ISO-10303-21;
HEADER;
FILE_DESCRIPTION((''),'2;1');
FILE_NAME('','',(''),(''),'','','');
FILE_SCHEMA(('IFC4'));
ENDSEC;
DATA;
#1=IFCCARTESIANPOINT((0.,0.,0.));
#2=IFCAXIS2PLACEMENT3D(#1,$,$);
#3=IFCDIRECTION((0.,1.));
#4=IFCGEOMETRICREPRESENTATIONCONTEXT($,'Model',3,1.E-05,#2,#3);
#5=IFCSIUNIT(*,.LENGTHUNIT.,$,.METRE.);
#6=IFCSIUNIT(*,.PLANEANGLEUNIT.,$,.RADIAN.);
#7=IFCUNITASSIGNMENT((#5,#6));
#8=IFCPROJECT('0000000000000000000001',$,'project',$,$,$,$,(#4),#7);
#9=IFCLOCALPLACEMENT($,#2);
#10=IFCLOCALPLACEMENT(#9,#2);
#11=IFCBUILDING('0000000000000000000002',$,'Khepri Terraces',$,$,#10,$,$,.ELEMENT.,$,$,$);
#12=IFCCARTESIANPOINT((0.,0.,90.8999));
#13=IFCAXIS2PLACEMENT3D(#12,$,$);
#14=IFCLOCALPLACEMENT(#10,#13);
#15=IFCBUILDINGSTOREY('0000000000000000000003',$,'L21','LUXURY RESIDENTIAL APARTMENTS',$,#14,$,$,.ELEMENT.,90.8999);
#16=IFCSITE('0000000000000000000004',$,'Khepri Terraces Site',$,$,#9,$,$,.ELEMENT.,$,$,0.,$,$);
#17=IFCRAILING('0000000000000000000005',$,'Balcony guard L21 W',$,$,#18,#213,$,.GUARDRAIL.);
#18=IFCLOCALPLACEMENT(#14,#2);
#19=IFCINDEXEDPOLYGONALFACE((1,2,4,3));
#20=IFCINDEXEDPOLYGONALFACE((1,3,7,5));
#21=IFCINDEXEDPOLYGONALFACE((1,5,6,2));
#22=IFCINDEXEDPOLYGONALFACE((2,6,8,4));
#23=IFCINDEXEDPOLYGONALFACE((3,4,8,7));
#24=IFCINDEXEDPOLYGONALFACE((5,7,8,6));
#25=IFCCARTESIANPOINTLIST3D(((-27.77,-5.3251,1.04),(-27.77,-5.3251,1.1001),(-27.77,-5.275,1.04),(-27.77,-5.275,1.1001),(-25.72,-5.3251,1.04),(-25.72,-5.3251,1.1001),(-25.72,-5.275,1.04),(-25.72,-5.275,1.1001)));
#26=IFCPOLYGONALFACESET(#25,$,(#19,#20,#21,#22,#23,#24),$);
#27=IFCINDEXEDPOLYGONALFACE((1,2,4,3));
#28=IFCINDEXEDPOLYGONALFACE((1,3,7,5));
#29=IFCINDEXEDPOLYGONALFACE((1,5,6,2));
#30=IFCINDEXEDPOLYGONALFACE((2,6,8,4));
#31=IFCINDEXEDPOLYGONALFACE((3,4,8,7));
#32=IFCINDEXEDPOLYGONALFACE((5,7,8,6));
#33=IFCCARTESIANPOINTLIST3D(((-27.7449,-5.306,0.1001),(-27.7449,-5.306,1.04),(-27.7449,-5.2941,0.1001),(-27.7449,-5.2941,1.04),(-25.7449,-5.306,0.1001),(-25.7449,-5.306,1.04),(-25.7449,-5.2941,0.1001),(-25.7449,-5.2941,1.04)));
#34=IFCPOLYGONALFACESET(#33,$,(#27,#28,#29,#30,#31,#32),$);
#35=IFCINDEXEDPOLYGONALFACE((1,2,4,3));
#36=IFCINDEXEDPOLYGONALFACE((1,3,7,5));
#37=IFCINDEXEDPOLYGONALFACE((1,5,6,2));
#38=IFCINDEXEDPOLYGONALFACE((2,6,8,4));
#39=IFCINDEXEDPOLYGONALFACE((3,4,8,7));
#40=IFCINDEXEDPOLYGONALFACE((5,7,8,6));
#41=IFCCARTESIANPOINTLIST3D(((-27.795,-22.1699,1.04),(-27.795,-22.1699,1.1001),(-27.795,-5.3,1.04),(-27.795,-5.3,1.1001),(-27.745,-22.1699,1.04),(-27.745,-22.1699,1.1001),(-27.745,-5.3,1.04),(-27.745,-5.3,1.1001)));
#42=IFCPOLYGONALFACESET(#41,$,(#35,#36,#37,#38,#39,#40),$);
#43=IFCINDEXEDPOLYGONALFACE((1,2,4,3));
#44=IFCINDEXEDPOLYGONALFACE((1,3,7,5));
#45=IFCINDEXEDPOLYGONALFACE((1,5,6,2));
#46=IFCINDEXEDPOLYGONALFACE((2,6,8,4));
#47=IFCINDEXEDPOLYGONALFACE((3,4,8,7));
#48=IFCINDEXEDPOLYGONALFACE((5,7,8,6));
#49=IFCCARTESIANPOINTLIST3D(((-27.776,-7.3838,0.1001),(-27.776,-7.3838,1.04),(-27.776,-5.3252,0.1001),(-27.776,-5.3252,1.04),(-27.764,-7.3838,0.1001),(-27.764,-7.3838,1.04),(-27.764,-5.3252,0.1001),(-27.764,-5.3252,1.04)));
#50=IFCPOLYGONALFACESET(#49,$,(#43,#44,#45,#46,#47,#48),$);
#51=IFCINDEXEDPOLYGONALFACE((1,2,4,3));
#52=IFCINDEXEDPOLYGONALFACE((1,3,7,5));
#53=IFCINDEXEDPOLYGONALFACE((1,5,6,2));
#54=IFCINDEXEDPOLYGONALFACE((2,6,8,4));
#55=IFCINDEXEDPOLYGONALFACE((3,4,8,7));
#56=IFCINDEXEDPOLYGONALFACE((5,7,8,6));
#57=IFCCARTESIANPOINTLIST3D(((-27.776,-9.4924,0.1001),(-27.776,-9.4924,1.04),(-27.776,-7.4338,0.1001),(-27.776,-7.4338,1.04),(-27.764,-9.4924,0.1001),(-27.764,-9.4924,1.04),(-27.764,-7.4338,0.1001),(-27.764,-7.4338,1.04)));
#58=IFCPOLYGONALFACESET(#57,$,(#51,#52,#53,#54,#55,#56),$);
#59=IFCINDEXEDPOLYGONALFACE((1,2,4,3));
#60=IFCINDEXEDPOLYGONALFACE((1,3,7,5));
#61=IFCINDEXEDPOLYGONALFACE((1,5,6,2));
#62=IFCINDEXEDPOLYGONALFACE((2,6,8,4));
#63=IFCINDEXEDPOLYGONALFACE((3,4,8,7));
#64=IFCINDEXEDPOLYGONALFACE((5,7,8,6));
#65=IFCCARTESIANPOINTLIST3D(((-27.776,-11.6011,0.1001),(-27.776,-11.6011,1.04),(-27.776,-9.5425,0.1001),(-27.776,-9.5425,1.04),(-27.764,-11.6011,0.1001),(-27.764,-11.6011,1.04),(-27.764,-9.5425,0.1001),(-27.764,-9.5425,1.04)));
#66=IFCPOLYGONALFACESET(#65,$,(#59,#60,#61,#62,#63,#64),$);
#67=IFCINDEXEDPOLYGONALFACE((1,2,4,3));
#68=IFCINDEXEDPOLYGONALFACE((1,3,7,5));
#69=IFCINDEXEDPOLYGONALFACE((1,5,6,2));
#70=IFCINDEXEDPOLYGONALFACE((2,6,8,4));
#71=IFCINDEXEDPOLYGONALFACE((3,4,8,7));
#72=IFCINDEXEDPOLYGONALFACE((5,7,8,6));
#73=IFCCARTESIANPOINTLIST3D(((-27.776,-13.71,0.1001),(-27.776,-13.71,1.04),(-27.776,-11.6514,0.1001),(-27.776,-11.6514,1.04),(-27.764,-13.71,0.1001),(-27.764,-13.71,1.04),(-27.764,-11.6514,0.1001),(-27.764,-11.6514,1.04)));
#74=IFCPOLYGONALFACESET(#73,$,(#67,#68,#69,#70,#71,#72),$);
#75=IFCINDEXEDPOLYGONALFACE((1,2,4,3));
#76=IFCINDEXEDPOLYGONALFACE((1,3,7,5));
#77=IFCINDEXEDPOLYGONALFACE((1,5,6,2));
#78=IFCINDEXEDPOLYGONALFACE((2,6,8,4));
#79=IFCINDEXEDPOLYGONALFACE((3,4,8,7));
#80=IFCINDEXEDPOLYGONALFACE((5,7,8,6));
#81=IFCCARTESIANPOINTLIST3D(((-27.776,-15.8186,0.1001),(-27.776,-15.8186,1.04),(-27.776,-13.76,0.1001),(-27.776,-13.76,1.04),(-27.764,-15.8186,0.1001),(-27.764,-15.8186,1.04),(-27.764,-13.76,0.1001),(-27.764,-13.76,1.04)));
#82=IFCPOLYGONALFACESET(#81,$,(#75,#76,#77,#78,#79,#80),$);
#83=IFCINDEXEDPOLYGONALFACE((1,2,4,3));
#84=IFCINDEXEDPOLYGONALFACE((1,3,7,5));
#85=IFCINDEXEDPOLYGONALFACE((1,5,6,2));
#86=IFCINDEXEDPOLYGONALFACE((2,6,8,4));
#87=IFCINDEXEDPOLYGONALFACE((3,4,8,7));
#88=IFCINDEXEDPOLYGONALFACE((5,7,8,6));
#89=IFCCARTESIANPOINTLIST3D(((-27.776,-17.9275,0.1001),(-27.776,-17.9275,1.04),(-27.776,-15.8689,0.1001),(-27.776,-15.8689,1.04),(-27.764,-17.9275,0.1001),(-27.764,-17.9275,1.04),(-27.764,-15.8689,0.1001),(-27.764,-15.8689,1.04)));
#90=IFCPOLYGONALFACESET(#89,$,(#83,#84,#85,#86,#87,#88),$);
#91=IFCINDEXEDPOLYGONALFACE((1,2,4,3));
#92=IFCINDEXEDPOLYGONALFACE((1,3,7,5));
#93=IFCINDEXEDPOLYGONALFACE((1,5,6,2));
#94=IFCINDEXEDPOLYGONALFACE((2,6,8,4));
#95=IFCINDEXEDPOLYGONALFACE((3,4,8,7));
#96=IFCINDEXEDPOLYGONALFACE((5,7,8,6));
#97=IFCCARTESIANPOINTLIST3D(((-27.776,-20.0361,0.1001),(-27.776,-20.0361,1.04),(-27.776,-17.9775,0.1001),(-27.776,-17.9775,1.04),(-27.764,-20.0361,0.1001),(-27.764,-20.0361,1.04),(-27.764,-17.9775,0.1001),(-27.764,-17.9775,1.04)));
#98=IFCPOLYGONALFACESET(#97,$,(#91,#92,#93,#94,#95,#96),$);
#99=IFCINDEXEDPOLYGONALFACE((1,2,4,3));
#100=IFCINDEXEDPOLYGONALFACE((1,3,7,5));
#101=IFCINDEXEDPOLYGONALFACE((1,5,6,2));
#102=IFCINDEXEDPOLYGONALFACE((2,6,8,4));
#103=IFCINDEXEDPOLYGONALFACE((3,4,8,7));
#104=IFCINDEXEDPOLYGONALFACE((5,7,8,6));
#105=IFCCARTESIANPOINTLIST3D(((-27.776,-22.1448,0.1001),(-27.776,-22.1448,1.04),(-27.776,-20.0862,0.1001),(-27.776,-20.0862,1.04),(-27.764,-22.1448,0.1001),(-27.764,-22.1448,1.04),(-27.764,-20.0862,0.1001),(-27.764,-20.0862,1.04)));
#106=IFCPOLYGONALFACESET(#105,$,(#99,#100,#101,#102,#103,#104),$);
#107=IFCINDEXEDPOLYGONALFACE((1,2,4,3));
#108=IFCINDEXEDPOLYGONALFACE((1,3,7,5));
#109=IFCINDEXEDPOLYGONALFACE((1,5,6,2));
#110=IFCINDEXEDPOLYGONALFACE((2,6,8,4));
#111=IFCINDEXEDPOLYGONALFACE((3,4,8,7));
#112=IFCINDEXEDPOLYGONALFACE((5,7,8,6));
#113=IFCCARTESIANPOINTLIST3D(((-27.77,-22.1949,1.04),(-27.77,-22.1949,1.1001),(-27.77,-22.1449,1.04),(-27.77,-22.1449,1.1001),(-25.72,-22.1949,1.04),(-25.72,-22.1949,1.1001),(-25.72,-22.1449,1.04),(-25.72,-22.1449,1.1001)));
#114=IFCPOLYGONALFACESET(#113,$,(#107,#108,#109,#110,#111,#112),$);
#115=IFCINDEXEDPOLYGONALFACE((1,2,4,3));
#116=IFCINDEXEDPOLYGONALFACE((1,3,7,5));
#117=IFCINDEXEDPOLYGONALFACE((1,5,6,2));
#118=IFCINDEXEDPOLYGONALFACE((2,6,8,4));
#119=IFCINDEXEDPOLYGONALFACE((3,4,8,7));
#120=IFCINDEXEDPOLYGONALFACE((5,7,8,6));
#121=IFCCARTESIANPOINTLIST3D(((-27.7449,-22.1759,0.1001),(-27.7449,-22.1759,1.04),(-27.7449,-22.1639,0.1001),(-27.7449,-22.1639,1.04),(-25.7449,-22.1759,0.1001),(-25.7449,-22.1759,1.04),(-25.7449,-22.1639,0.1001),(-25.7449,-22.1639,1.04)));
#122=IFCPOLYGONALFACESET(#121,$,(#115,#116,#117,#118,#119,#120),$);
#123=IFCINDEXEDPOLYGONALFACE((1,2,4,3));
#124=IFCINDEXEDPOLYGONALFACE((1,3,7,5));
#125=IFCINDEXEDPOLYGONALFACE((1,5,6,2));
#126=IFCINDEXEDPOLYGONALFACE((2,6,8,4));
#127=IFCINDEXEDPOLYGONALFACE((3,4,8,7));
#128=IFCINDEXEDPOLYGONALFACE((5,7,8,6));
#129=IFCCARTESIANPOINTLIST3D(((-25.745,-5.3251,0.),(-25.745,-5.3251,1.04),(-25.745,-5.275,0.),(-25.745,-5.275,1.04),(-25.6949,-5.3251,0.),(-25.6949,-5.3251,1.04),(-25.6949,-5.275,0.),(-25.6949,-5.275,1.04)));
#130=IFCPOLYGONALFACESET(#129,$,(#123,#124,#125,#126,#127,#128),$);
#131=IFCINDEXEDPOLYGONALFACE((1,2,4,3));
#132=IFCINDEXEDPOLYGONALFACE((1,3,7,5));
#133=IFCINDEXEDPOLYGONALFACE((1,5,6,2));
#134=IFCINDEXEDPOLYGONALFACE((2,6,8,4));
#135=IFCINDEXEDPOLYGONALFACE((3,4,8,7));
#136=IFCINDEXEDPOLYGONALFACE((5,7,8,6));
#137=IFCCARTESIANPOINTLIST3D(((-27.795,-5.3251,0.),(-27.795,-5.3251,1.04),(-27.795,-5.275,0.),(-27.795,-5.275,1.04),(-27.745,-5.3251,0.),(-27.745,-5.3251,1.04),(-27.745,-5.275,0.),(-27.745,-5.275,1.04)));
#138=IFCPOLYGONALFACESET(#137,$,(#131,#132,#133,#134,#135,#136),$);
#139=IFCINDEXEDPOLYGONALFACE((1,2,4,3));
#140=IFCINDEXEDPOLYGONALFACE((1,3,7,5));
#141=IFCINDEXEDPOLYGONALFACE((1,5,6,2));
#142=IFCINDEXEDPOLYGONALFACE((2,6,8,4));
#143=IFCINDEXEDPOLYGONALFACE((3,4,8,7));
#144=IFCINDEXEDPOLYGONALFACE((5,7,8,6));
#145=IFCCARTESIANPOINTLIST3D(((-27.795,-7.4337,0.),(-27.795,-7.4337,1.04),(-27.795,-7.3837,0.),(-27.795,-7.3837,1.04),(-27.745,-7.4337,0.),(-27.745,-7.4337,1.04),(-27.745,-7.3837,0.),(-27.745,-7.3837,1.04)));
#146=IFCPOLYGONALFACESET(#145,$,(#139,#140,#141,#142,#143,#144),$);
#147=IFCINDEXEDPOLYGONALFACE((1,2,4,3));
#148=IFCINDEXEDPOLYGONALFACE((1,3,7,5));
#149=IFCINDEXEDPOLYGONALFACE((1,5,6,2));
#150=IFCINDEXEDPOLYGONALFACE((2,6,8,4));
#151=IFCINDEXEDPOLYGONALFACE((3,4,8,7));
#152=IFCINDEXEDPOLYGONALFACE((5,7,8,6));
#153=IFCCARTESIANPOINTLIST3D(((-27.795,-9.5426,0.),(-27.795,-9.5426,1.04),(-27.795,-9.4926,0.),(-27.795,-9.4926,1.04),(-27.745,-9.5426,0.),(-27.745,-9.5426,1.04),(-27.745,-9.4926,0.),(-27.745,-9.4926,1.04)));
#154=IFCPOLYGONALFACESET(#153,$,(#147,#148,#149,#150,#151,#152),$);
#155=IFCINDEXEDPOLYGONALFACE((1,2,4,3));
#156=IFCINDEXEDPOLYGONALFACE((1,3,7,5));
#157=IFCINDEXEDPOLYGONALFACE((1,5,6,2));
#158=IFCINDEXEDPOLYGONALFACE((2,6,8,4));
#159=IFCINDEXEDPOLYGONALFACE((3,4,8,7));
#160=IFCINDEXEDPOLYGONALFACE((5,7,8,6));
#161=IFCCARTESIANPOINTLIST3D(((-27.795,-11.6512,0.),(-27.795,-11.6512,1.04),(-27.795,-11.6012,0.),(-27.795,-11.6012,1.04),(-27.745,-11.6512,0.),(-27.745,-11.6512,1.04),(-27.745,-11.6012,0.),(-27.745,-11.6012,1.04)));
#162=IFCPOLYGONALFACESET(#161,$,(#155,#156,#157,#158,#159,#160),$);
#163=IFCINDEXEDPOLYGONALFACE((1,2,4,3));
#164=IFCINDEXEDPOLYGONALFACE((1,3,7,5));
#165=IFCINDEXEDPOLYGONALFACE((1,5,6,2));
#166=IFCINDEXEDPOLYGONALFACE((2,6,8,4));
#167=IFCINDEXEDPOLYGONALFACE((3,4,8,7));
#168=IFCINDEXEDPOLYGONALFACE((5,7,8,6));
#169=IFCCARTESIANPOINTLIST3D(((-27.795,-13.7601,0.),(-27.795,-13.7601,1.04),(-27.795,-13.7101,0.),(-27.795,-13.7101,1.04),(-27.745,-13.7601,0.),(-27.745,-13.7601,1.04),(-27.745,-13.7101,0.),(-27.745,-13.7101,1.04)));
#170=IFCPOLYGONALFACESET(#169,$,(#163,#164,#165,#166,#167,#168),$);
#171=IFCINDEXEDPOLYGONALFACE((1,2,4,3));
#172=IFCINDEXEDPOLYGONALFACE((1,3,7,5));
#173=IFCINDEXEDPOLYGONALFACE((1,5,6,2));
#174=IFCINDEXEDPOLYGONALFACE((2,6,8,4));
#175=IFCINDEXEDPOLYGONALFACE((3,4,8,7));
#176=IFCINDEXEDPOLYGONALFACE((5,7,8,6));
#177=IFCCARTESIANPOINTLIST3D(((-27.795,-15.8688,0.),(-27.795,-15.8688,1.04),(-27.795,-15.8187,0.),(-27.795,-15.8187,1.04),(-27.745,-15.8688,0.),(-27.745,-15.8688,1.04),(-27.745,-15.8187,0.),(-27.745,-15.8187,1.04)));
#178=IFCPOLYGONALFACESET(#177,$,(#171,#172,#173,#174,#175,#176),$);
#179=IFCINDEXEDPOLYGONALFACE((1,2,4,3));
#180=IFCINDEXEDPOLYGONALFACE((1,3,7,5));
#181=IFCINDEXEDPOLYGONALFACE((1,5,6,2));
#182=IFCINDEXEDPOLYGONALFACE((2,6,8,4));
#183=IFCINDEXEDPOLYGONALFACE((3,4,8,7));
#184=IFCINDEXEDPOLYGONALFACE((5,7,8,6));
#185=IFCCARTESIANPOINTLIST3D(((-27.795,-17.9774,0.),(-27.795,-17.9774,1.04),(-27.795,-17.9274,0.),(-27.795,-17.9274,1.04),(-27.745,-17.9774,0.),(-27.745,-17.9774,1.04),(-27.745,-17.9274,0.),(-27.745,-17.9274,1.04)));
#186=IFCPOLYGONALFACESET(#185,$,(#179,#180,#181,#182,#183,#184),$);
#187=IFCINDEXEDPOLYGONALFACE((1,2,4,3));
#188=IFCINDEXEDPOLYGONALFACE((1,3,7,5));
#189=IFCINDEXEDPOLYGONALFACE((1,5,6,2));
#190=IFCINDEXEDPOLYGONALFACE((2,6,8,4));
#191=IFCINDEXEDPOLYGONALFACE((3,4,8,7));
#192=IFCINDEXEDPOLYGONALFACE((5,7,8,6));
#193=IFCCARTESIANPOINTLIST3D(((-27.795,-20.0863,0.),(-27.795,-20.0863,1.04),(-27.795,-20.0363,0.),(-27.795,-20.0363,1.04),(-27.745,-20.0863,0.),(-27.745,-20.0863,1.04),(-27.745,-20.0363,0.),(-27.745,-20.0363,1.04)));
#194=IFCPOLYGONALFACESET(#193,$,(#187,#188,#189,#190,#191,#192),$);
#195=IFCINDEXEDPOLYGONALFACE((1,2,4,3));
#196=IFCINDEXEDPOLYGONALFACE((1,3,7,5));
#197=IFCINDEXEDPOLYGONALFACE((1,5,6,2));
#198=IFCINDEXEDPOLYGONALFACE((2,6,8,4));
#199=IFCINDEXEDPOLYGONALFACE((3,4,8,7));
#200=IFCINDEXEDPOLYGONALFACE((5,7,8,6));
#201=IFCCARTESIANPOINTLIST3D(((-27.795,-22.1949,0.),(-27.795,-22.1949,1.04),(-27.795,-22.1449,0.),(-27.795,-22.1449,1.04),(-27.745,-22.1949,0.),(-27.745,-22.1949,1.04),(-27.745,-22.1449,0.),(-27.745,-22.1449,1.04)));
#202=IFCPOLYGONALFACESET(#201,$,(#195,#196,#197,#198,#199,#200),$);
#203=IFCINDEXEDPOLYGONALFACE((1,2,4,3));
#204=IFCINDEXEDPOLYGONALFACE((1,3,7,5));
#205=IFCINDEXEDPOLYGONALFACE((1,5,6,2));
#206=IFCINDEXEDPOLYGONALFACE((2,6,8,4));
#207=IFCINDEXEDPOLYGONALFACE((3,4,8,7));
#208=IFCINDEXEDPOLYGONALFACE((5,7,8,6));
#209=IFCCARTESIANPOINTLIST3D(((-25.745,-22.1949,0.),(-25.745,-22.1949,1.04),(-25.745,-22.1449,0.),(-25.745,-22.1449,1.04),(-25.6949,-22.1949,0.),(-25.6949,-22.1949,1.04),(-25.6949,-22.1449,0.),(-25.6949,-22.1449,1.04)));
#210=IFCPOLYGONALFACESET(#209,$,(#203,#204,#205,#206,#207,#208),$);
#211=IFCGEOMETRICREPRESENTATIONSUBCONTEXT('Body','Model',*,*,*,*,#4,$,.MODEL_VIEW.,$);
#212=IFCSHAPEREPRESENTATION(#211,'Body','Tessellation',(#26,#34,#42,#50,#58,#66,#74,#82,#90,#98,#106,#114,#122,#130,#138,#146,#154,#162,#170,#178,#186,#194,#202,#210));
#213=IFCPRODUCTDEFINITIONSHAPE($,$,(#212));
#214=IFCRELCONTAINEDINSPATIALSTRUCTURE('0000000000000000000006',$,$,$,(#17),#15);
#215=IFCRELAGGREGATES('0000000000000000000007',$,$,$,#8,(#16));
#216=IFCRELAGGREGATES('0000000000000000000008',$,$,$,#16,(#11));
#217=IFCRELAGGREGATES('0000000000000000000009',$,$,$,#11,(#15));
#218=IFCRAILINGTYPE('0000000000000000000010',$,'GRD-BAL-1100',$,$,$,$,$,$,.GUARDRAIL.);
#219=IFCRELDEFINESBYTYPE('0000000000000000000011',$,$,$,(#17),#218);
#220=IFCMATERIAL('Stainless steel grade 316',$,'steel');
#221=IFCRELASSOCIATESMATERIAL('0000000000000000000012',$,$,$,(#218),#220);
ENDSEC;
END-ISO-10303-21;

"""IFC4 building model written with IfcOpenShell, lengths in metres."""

from ifc_helpers import new_model, si_unit, direction, frame, origin, origin_2d, place, context, subcontext, project, spatial, rectangle, extrude, material, type_object, element, save


model = new_model("IFC4")

# Units and contexts
model_context = context("Model", 3, precision=1e-05, world=origin(), true_north=direction((0.0, 1.0)))
body_context = subcontext(model_context, "Body", "Model", "MODEL_VIEW")
ifc_project = project(units=[si_unit("LENGTHUNIT", "METRE"), si_unit("PLANEANGLEUNIT", "RADIAN")], contexts=[model_context])

# Site, building, storey
site_placement = place(None, origin())
site = spatial("IfcSite", under=ifc_project, at=site_placement, Name="Khepri Terraces Site", CompositionType="ELEMENT", RefElevation=0.0)
building_placement = place(site_placement, origin())
building = spatial("IfcBuilding", under=site, at=building_placement, Name="Khepri Terraces", CompositionType="ELEMENT")
storey_placement = place(building_placement, frame((0.0, 0.0, 90.8999)))
storey = spatial("IfcBuildingStorey", under=building, at=storey_placement, Name="L21", Description="LUXURY RESIDENTIAL APARTMENTS", CompositionType="ELEMENT", Elevation=90.8999)

# Railing
ifc_material_1 = material(Name="Stainless steel grade 316", Category="steel")
railing_type = type_object("IfcRailingType", Name="GRD-BAL-1100", PredefinedType="GUARDRAIL", material=ifc_material_1)
railing_placement = place(storey_placement, frame((-25.72, -5.3, 0.0)))
element("IfcRailing", 1, at=railing_placement, inside=storey, type_object=railing_type, Name="Balcony guard L21 W", PredefinedType="GUARDRAIL", context=body_context, shape_type="SweptSolid", body=[
    extrude(rectangle(XDim=0.05, YDim=0.0601, at=origin_2d()), frame((0.0, 0.0, 1.0701), z_axis=(-1.0, 0.0, 0.0), x_axis=(0.0, -1.0, 0.0)), (0.0, 0.0, 1.0), 2.05),
    extrude(rectangle(XDim=2.0, YDim=0.012, at=origin_2d()), frame((-1.0249, 0.0, 0.1001), z_axis=(0.0, 0.0, 1.0), x_axis=(-1.0, 0.0, 0.0)), (0.0, 0.0, 1.0), 0.9399),
    extrude(rectangle(XDim=0.05, YDim=0.0601, at=origin_2d()), frame((-2.05, 0.0, 1.0701), z_axis=(0.0, -1.0, 0.0), x_axis=(1.0, 0.0, 0.0)), (0.0, 0.0, 1.0), 16.8699),
    extrude(rectangle(XDim=2.0586, YDim=0.012, at=origin_2d()), frame((-2.05, -1.0544, 0.1001), z_axis=(0.0, 0.0, 1.0), x_axis=(0.0, -1.0, 0.0)), (0.0, 0.0, 1.0), 0.9399),
    extrude(rectangle(XDim=2.0586, YDim=0.012, at=origin_2d()), frame((-2.05, -3.1631, 0.1001), z_axis=(0.0, 0.0, 1.0), x_axis=(0.0, -1.0, 0.0)), (0.0, 0.0, 1.0), 0.9399),
    extrude(rectangle(XDim=2.0586, YDim=0.012, at=origin_2d()), frame((-2.05, -5.2717, 0.1001), z_axis=(0.0, 0.0, 1.0), x_axis=(0.0, -1.0, 0.0)), (0.0, 0.0, 1.0), 0.9399),
    extrude(rectangle(XDim=2.0586, YDim=0.012, at=origin_2d()), frame((-2.05, -7.3806, 0.1001), z_axis=(0.0, 0.0, 1.0), x_axis=(0.0, -1.0, 0.0)), (0.0, 0.0, 1.0), 0.9399),
    extrude(rectangle(XDim=2.0586, YDim=0.012, at=origin_2d()), frame((-2.05, -9.4893, 0.1001), z_axis=(0.0, 0.0, 1.0), x_axis=(0.0, -1.0, 0.0)), (0.0, 0.0, 1.0), 0.9399),
    extrude(rectangle(XDim=2.0586, YDim=0.012, at=origin_2d()), frame((-2.05, -11.5981, 0.1001), z_axis=(0.0, 0.0, 1.0), x_axis=(0.0, -1.0, 0.0)), (0.0, 0.0, 1.0), 0.9399),
    extrude(rectangle(XDim=2.0586, YDim=0.012, at=origin_2d()), frame((-2.05, -13.7068, 0.1001), z_axis=(0.0, 0.0, 1.0), x_axis=(0.0, -1.0, 0.0)), (0.0, 0.0, 1.0), 0.9399),
    extrude(rectangle(XDim=2.0586, YDim=0.012, at=origin_2d()), frame((-2.05, -15.8154, 0.1001), z_axis=(0.0, 0.0, 1.0), x_axis=(0.0, -1.0, 0.0)), (0.0, 0.0, 1.0), 0.9399),
    extrude(rectangle(XDim=0.05, YDim=0.0601, at=origin_2d()), frame((-2.05, -16.8699, 1.0701), z_axis=(1.0, 0.0, 0.0), x_axis=(0.0, 1.0, 0.0)), (0.0, 0.0, 1.0), 2.05),
    extrude(rectangle(XDim=2.0, YDim=0.012, at=origin_2d()), frame((-1.0249, -16.8699, 0.1001), z_axis=(0.0, 0.0, 1.0), x_axis=(1.0, 0.0, 0.0)), (0.0, 0.0, 1.0), 0.9399),
    extrude(rectangle(XDim=0.05, YDim=0.05, at=origin_2d()), origin(), (0.0, 0.0, 1.0), 1.04),
    extrude(rectangle(XDim=0.05, YDim=0.05, at=origin_2d()), frame((-2.05, 0.0, 0.0)), (0.0, 0.0, 1.0), 1.04),
    extrude(rectangle(XDim=0.05, YDim=0.05, at=origin_2d()), frame((-2.05, -2.1086, 0.0)), (0.0, 0.0, 1.0), 1.04),
    extrude(rectangle(XDim=0.05, YDim=0.05, at=origin_2d()), frame((-2.05, -4.2175, 0.0)), (0.0, 0.0, 1.0), 1.04),
    extrude(rectangle(XDim=0.05, YDim=0.05, at=origin_2d()), frame((-2.05, -6.3262, 0.0)), (0.0, 0.0, 1.0), 1.04),
    extrude(rectangle(XDim=0.05, YDim=0.05, at=origin_2d()), frame((-2.05, -8.4351, 0.0)), (0.0, 0.0, 1.0), 1.04),
    extrude(rectangle(XDim=0.05, YDim=0.05, at=origin_2d()), frame((-2.05, -10.5437, 0.0)), (0.0, 0.0, 1.0), 1.04),
    extrude(rectangle(XDim=0.05, YDim=0.05, at=origin_2d()), frame((-2.05, -12.6523, 0.0)), (0.0, 0.0, 1.0), 1.04),
    extrude(rectangle(XDim=0.05, YDim=0.05, at=origin_2d()), frame((-2.05, -14.7612, 0.0)), (0.0, 0.0, 1.0), 1.04),
    extrude(rectangle(XDim=0.05, YDim=0.05, at=origin_2d()), frame((-2.05, -16.8699, 0.0)), (0.0, 0.0, 1.0), 1.04),
    extrude(rectangle(XDim=0.05, YDim=0.05, at=origin_2d()), frame((0.0, -16.8699, 0.0)), (0.0, 0.0, 1.0), 1.04),
])

save(model, "model.ifc")
